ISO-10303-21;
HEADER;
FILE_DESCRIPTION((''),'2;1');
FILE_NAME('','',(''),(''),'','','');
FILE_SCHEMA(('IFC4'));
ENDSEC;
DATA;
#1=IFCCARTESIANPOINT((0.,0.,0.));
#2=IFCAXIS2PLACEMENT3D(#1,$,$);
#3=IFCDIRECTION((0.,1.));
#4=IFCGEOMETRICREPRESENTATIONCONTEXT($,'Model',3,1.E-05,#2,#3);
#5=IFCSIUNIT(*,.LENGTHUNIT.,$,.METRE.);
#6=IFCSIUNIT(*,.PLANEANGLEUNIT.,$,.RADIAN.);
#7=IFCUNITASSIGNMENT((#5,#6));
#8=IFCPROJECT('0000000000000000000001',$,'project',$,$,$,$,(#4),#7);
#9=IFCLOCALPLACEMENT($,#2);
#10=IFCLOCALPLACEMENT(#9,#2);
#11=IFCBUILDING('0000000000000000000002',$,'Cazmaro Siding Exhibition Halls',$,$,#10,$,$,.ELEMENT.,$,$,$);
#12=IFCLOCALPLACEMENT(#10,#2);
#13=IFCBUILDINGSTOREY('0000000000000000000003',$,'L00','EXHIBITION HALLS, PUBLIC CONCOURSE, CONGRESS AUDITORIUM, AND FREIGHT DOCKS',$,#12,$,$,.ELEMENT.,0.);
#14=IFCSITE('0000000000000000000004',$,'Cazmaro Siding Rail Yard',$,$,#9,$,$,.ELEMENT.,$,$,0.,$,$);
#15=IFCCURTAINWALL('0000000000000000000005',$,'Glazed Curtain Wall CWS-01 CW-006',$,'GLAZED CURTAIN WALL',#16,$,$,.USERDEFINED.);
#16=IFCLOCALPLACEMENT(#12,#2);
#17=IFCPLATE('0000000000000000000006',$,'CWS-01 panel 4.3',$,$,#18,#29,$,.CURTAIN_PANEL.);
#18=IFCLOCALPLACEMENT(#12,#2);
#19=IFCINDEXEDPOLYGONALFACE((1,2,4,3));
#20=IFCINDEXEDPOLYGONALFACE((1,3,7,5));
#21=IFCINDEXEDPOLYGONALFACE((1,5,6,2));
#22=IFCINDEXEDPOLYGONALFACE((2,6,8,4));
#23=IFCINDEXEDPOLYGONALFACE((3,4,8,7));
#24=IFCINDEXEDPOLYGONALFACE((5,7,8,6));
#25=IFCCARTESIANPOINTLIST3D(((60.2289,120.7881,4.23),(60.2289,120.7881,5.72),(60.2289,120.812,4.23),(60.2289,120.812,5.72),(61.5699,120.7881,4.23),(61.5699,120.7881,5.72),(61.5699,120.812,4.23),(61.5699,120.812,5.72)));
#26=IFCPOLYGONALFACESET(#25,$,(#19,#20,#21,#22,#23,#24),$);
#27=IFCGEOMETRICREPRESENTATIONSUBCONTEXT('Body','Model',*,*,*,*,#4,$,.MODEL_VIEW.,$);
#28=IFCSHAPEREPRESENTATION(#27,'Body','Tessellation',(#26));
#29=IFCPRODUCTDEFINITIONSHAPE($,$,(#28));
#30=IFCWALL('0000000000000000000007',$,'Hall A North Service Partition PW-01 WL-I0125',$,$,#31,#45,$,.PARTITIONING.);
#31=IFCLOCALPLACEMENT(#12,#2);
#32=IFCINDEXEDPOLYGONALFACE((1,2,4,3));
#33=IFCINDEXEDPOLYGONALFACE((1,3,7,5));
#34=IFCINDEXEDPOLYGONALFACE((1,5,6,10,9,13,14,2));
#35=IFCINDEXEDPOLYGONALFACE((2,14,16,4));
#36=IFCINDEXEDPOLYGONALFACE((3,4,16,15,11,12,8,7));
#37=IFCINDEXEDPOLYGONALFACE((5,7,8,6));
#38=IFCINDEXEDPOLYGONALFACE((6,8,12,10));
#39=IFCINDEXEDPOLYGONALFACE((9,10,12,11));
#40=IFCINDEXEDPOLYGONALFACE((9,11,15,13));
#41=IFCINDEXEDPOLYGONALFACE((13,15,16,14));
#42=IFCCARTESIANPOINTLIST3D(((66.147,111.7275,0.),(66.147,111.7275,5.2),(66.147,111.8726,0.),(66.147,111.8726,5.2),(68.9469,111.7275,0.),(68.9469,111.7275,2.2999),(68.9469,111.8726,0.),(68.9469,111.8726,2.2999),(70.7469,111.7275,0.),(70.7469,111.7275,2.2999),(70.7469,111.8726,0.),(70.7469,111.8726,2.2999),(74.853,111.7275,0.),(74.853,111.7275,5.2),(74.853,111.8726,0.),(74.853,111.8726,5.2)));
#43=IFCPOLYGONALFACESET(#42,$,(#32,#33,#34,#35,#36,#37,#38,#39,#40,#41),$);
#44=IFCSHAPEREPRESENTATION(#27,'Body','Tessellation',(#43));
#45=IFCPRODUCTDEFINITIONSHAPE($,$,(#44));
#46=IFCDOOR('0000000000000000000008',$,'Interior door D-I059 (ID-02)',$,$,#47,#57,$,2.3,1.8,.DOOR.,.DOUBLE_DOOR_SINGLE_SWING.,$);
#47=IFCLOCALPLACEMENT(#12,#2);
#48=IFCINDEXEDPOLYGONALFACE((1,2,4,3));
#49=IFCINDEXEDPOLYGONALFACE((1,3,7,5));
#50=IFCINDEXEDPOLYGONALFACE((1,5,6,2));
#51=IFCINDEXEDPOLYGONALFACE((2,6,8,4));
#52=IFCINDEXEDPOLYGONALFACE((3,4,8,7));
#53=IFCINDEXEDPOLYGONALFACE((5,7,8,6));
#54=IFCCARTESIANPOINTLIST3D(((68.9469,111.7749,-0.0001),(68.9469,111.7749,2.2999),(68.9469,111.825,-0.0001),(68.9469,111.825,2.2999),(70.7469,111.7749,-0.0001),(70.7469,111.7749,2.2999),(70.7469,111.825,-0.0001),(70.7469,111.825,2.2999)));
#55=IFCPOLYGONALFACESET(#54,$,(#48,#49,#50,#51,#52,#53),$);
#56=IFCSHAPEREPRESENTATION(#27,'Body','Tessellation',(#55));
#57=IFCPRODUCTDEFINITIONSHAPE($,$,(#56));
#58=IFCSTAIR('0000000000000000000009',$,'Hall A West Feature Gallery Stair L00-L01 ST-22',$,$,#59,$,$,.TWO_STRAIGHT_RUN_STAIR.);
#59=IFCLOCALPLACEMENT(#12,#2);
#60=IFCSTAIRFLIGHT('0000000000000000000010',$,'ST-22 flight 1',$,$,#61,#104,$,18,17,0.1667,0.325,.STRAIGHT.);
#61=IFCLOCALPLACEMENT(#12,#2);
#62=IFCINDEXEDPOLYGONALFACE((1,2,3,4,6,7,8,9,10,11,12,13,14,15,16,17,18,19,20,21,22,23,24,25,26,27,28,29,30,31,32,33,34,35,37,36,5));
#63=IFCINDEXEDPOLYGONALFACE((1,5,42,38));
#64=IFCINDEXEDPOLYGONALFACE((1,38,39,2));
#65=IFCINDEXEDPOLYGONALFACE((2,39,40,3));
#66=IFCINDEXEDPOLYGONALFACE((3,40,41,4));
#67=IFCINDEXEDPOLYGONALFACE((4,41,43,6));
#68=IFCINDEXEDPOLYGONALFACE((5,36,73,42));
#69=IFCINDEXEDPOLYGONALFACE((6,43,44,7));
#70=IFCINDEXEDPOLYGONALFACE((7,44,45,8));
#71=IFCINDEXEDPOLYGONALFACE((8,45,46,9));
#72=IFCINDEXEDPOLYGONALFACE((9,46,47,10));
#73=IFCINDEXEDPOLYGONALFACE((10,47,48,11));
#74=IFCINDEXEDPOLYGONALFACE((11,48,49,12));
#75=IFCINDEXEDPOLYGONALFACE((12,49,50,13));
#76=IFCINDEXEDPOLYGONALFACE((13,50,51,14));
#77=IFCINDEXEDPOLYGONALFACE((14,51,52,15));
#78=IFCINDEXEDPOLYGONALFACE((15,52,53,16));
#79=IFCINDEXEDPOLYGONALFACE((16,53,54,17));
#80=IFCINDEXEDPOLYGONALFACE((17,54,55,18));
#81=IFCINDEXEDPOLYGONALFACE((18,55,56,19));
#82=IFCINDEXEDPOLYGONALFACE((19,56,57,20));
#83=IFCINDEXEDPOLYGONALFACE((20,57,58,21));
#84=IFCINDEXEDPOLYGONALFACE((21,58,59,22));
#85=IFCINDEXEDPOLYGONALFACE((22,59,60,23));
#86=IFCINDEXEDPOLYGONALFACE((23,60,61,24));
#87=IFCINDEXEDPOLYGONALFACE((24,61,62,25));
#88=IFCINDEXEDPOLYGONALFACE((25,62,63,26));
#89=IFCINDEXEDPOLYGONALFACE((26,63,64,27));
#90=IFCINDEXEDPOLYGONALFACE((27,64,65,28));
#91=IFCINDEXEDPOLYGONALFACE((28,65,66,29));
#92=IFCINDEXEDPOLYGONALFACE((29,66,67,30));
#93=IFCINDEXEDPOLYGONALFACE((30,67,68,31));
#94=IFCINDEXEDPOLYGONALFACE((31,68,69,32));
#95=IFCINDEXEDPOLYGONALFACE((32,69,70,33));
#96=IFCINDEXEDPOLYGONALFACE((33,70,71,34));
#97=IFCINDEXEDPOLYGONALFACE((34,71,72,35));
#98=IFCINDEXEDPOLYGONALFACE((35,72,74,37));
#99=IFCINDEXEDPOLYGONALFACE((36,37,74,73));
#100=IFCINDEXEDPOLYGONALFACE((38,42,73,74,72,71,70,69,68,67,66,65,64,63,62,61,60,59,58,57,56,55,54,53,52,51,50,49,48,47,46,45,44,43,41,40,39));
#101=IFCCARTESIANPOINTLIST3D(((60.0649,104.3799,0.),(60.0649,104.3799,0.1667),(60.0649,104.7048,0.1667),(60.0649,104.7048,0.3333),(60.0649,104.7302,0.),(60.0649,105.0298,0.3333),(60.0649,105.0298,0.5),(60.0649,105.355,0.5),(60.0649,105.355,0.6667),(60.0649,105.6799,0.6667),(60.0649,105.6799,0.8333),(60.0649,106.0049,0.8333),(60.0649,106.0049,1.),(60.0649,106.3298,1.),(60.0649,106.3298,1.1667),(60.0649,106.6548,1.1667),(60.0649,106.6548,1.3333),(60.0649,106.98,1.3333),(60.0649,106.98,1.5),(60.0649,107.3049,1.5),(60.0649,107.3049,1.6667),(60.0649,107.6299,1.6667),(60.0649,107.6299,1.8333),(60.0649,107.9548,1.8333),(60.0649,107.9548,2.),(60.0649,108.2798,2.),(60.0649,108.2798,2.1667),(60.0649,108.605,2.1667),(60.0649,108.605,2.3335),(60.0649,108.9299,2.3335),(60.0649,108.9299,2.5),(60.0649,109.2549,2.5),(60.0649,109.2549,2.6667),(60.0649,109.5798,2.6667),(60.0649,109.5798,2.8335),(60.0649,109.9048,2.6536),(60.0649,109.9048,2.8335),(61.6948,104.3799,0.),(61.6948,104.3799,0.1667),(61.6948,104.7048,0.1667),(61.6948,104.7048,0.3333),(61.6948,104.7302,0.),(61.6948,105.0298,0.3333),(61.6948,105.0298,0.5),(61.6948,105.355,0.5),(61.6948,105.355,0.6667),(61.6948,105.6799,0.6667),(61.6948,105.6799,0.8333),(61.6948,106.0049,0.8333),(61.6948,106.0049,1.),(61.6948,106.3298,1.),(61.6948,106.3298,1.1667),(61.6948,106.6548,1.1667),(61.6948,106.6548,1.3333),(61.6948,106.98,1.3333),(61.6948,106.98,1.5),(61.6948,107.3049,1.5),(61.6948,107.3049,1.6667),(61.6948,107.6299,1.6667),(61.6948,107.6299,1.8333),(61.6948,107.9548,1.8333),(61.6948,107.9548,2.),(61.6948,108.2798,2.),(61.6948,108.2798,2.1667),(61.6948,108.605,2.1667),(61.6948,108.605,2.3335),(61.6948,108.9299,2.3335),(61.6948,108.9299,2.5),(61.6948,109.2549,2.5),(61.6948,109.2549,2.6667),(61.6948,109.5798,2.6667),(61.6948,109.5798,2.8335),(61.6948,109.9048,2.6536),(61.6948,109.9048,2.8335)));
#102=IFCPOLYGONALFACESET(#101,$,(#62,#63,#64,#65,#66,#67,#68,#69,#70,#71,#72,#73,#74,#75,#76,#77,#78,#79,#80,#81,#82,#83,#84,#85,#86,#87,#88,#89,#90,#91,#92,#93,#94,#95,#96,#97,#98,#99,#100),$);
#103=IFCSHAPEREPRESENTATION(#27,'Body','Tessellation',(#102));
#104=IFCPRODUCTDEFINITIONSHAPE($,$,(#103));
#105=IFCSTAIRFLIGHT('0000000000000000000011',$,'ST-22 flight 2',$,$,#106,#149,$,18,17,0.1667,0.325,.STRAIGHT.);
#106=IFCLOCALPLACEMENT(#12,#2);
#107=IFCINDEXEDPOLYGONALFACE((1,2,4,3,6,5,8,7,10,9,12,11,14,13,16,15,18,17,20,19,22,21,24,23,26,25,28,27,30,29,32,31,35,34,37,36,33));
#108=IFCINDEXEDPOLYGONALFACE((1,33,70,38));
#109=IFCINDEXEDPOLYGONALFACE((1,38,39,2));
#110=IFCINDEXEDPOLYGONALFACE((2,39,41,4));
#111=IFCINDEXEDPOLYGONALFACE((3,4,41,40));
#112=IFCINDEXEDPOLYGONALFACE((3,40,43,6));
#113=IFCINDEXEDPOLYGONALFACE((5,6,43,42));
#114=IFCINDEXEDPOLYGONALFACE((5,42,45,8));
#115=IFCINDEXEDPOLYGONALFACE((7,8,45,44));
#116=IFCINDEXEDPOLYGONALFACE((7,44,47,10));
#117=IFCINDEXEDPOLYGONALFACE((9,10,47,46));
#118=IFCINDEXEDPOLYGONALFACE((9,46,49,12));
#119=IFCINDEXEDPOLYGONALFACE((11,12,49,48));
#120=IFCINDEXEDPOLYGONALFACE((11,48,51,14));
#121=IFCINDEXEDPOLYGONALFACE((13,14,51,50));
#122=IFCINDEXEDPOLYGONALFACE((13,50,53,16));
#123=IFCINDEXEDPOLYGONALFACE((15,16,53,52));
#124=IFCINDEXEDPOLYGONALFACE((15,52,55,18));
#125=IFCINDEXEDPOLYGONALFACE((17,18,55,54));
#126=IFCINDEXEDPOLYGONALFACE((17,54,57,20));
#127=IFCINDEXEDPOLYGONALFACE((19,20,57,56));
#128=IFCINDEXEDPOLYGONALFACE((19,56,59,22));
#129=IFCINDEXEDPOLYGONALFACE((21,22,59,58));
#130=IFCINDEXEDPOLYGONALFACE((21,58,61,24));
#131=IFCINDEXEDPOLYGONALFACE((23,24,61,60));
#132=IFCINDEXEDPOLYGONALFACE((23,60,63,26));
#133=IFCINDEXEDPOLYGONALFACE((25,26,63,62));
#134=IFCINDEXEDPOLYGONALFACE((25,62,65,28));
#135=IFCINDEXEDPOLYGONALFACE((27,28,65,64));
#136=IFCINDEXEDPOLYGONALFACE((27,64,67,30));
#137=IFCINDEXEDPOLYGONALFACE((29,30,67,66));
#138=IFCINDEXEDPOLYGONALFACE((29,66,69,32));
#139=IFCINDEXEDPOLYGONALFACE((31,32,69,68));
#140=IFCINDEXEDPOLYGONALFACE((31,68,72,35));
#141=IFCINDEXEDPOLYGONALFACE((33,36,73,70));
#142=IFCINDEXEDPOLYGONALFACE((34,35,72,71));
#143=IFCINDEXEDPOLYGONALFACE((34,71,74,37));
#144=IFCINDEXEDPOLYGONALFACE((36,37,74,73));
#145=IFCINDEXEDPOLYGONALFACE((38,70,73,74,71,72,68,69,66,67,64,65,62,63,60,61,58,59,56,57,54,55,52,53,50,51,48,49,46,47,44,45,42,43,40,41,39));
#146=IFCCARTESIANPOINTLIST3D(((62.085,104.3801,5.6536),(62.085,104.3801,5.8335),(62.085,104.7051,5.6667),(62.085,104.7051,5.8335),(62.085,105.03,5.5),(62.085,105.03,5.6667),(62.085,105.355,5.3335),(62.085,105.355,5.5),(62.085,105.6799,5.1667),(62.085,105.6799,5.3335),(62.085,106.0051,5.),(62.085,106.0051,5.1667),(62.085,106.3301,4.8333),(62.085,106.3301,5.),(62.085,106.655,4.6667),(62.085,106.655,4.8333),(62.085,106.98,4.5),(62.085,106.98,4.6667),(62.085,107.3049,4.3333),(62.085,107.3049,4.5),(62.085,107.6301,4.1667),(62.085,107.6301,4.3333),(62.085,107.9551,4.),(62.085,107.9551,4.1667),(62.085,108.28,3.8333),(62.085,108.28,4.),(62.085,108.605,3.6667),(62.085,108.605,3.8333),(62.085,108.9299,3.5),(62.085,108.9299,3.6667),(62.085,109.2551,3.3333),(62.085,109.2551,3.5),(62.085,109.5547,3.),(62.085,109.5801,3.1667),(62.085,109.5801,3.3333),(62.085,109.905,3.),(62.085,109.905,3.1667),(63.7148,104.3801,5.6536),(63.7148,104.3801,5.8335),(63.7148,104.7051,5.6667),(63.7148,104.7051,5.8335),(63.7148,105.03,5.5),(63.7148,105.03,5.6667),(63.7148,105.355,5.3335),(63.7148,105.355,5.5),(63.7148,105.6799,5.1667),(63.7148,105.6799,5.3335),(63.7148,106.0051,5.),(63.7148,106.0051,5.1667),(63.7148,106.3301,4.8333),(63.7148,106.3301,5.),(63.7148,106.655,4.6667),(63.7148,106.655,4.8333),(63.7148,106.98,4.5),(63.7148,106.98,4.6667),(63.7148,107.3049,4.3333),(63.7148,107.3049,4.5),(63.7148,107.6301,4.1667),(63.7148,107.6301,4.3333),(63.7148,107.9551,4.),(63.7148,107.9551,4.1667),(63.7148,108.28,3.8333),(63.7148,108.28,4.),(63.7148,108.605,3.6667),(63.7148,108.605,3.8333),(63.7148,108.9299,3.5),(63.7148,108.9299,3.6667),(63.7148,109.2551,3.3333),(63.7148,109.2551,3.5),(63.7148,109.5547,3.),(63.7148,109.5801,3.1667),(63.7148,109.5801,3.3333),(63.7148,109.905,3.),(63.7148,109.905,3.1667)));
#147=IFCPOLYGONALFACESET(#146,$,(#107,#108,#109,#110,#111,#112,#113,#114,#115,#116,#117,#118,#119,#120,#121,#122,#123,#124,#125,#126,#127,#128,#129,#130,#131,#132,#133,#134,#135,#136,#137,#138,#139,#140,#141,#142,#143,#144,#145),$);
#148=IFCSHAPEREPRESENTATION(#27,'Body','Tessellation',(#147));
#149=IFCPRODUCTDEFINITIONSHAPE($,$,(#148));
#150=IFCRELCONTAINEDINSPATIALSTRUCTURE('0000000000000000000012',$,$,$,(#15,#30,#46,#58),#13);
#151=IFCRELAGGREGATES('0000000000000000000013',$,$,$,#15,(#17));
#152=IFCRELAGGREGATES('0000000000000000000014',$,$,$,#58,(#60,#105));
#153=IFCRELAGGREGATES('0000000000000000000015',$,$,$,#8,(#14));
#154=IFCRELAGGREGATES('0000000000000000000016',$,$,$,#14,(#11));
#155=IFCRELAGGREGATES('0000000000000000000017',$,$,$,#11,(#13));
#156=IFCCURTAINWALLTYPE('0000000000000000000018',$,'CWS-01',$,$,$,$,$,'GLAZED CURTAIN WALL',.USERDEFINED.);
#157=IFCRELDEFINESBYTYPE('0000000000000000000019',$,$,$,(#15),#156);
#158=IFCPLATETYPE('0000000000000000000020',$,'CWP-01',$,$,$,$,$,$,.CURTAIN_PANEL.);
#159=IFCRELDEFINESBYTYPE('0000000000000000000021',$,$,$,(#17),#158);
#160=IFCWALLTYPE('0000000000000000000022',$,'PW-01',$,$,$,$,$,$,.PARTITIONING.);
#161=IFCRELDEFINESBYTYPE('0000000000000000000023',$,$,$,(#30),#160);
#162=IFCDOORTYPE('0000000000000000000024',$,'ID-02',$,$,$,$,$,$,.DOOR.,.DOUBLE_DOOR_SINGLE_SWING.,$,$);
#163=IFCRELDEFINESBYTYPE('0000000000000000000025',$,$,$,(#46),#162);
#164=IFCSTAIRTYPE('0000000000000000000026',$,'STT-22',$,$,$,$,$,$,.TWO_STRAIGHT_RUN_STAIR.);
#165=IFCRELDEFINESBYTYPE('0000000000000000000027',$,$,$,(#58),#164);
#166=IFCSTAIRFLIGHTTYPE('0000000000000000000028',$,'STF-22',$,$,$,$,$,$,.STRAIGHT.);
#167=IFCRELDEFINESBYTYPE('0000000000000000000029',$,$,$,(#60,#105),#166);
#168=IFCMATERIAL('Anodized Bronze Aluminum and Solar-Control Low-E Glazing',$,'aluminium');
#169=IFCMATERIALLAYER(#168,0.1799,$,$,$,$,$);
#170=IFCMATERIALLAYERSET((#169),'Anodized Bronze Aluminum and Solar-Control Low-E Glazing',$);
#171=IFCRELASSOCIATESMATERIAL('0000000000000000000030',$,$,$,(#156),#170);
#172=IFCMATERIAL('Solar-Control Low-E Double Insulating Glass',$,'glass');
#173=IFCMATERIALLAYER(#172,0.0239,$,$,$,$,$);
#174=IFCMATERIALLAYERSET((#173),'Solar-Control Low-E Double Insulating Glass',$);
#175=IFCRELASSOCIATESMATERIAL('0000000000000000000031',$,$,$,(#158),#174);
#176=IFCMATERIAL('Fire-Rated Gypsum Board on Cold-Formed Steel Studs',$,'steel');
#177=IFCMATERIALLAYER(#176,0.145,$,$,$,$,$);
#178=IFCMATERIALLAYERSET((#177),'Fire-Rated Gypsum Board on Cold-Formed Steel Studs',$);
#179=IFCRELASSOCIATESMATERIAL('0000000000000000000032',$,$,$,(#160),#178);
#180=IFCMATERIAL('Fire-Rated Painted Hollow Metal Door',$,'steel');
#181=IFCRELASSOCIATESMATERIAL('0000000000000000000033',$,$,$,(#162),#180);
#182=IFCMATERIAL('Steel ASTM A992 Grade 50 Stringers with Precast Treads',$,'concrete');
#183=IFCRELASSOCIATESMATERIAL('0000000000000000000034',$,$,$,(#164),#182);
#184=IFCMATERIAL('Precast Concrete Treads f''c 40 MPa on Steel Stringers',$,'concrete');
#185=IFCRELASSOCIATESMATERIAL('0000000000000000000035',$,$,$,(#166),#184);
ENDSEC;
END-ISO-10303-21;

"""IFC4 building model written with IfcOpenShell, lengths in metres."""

from ifc_helpers import new_model, si_unit, direction, frame, frame_2d, origin, origin_2d, place, context, subcontext, project, spatial, polyline, rectangle, outline, extrude, material, layer, layer_set, type_object, element, fill, aggregate, save


model = new_model("IFC4")

# Units and contexts
model_context = context("Model", 3, precision=1e-05, world=origin(), true_north=direction((0.0, 1.0)))
body_context = subcontext(model_context, "Body", "Model", "MODEL_VIEW")
ifc_project = project(units=[si_unit("LENGTHUNIT", "METRE"), si_unit("PLANEANGLEUNIT", "RADIAN")], contexts=[model_context])

# Site, building, storey
site_placement = place(None, origin())
site = spatial("IfcSite", under=ifc_project, at=site_placement, Name="Cazmaro Siding Rail Yard", CompositionType="ELEMENT", RefElevation=0.0)
building_placement = place(site_placement, origin())
building = spatial("IfcBuilding", under=site, at=building_placement, Name="Cazmaro Siding Exhibition Halls", CompositionType="ELEMENT")
storey_placement = place(building_placement, origin())
storey = spatial("IfcBuildingStorey", under=building, at=storey_placement, Name="L00", Description="EXHIBITION HALLS, PUBLIC CONCOURSE, CONGRESS AUDITORIUM, AND FREIGHT DOCKS", CompositionType="ELEMENT", Elevation=0.0)

# Curtain wall, plate
ifc_material_1 = material(Name="Anodized Bronze Aluminum and Solar-Control Low-E Glazing", Category="aluminium")
ifc_layer_1 = layer(ifc_material_1, 0.1799)
ifc_layer_set_1 = layer_set([ifc_layer_1], Name="Anodized Bronze Aluminum and Solar-Control Low-E Glazing")
curtain_wall_type = type_object("IfcCurtainWallType", Name="CWS-01", ElementType="GLAZED CURTAIN WALL", PredefinedType="USERDEFINED", material=ifc_layer_set_1)
curtain_wall_placement = place(storey_placement, origin())
curtain_wall = element("IfcCurtainWall", 1, at=curtain_wall_placement, inside=storey, type_object=curtain_wall_type, Name="Glazed Curtain Wall CWS-01 CW-006", ObjectType="GLAZED CURTAIN WALL", PredefinedType="USERDEFINED")
ifc_material_2 = material(Name="Solar-Control Low-E Double Insulating Glass", Category="glass")
ifc_layer_2 = layer(ifc_material_2, 0.0239)
ifc_layer_set_2 = layer_set([ifc_layer_2], Name="Solar-Control Low-E Double Insulating Glass")
plate_type = type_object("IfcPlateType", Name="CWP-01", PredefinedType="CURTAIN_PANEL", material=ifc_layer_set_2)
plate_1_placement = place(storey_placement, frame((60.8994, 120.8, 4.23), z_axis=(0.0, 0.0, 1.0), x_axis=(-1.0, 0.0, 0.0)))
plate_1 = element("IfcPlate", 2, at=plate_1_placement, type_object=plate_type, Name="CWS-01 panel 4.3", PredefinedType="CURTAIN_PANEL", context=body_context, shape_type="SweptSolid", body=[
    extrude(rectangle(XDim=1.3411, YDim=0.0239, at=origin_2d()), origin(), (0.0, 0.0, 1.0), 1.49),
])
aggregate(curtain_wall, [plate_1])

# Wall, opening, door
ifc_material_3 = material(Name="Fire-Rated Gypsum Board on Cold-Formed Steel Studs", Category="steel")
ifc_layer_3 = layer(ifc_material_3, 0.145)
ifc_layer_set_3 = layer_set([ifc_layer_3], Name="Fire-Rated Gypsum Board on Cold-Formed Steel Studs")
wall_type = type_object("IfcWallType", Name="PW-01", PredefinedType="PARTITIONING", material=ifc_layer_set_3)
wall_placement = place(storey_placement, frame((66.147, 111.8, 0.0), z_axis=(0.0, 0.0, 1.0), x_axis=(1.0, 0.0, 0.0)))
wall = element("IfcWall", 3, at=wall_placement, inside=storey, type_object=wall_type, Name="Hall A North Service Partition PW-01 WL-I0125", PredefinedType="PARTITIONING", context=body_context, shape_type="SweptSolid", body=[
    extrude(rectangle(XDim=8.7061, YDim=0.145, at=frame_2d((4.353, 0.0))), origin(), (0.0, 0.0, 1.0), 5.2),
])
opening_placement = place(wall_placement, frame((2.8, 0.0, 0.0)))
opening = element("IfcOpeningElement", 4, at=opening_placement, cuts=wall, PredefinedType="OPENING", context=body_context, shape_type="SweptSolid", body=[
    extrude(rectangle(XDim=1.8, YDim=2.3, at=frame_2d((0.8999, 1.1499))), frame((0.0, 0.0825, 0.0), z_axis=(0.0, -1.0, 0.0), x_axis=(1.0, 0.0, 0.0)), (0.0, 0.0, 1.0), 0.165),
])
ifc_material_4 = material(Name="Fire-Rated Painted Hollow Metal Door", Category="steel")
door_type = type_object("IfcDoorType", Name="ID-02", OperationType="DOUBLE_DOOR_SINGLE_SWING", PredefinedType="DOOR", material=ifc_material_4)
door_placement = place(opening_placement, origin())
door = element("IfcDoor", 5, at=door_placement, inside=storey, type_object=door_type, Name="Interior door D-I059 (ID-02)", OperationType="DOUBLE_DOOR_SINGLE_SWING", OverallHeight=2.3, OverallWidth=1.8, PredefinedType="DOOR", context=body_context, shape_type="SweptSolid", body=[
    extrude(rectangle(XDim=1.8, YDim=2.3, at=frame_2d((0.8999, 1.1499))), frame((0.0, 0.0249, 0.0), z_axis=(0.0, -1.0, 0.0), x_axis=(1.0, 0.0, 0.0)), (0.0, 0.0, 1.0), 0.05),
])
fill(opening, door)

# Stair, stair flights
ifc_material_5 = material(Name="Steel ASTM A992 Grade 50 Stringers with Precast Treads", Category="concrete")
stair_type = type_object("IfcStairType", Name="STT-22", PredefinedType="TWO_STRAIGHT_RUN_STAIR", material=ifc_material_5)
stair_placement = place(storey_placement, origin())
stair = element("IfcStair", 6, at=stair_placement, inside=storey, type_object=stair_type, Name="Hall A West Feature Gallery Stair L00-L01 ST-22", PredefinedType="TWO_STRAIGHT_RUN_STAIR")
ifc_material_6 = material(Name="Precast Concrete Treads f'c 40 MPa on Steel Stringers", Category="concrete")
stair_flight_type = type_object("IfcStairFlightType", Name="STF-22", PredefinedType="STRAIGHT", material=ifc_material_6)
stair_flight_1_placement = place(storey_placement, frame((60.8799, 104.3799, 0.0), z_axis=(0.0, 0.0, 1.0), x_axis=(0.0, 1.0, 0.0)))
stair_flight_1 = element("IfcStairFlight", 7, at=stair_flight_1_placement, type_object=stair_flight_type, Name="ST-22 flight 1", NumberOfRisers=18, NumberOfTreads=17, PredefinedType="STRAIGHT", RiserHeight=0.1667, TreadLength=0.325, context=body_context, shape_type="SweptSolid", body=[
    extrude(outline(polyline([(0.0, 0.0), (0.0, 0.1667), (0.325, 0.1667), (0.325, 0.3333), (0.6499, 0.3333), (0.6499, 0.5), (0.9751, 0.5), (0.9751, 0.6667), (1.3, 0.6667), (1.3, 0.8333), (1.625, 0.8333), (1.625, 1.0), (1.95, 1.0), (1.95, 1.1667), (2.2749, 1.1667), (2.2749, 1.3333), (2.6001, 1.3333), (2.6001, 1.5), (2.925, 1.5), (2.925, 1.6667), (3.25, 1.6667), (3.25, 1.8333), (3.575, 1.8333), (3.575, 2.0), (3.8999, 2.0), (3.8999, 2.1667), (4.2251, 2.1667), (4.2251, 2.3335), (4.55, 2.3335), (4.55, 2.5), (4.875, 2.5), (4.875, 2.6667), (5.2, 2.6667), (5.2, 2.8335), (5.5249, 2.8335), (5.5249, 3.0), (5.5249, 2.6536), (0.3503, 0.0), (0.0, 0.0)])), frame((0.0, 0.8149, 0.0), z_axis=(0.0, -1.0, 0.0), x_axis=(1.0, 0.0, 0.0)), (0.0, 0.0, 1.0), 1.6299),
])
stair_flight_2_placement = place(storey_placement, frame((62.8999, 109.905, 3.0), z_axis=(0.0, 0.0, 1.0), x_axis=(0.0, -1.0, 0.0)))
stair_flight_2 = element("IfcStairFlight", 8, at=stair_flight_2_placement, type_object=stair_flight_type, Name="ST-22 flight 2", NumberOfRisers=18, NumberOfTreads=17, PredefinedType="STRAIGHT", RiserHeight=0.1667, TreadLength=0.325, context=body_context, shape_type="SweptSolid", body=[
    extrude(outline(polyline([(0.0, 0.0), (0.0, 0.1667), (0.325, 0.1667), (0.325, 0.3333), (0.6499, 0.3333), (0.6499, 0.5), (0.9751, 0.5), (0.9751, 0.6667), (1.3, 0.6667), (1.3, 0.8333), (1.625, 0.8333), (1.625, 1.0), (1.95, 1.0), (1.95, 1.1667), (2.2749, 1.1667), (2.2749, 1.3333), (2.6001, 1.3333), (2.6001, 1.5), (2.925, 1.5), (2.925, 1.6667), (3.25, 1.6667), (3.25, 1.8333), (3.575, 1.8333), (3.575, 2.0), (3.8999, 2.0), (3.8999, 2.1667), (4.2251, 2.1667), (4.2251, 2.3335), (4.55, 2.3335), (4.55, 2.5), (4.875, 2.5), (4.875, 2.6667), (5.2, 2.6667), (5.2, 2.8335), (5.5249, 2.8335), (5.5249, 3.0), (5.5249, 2.6536), (0.3503, 0.0), (0.0, 0.0)])), frame((0.0, 0.8149, 0.0), z_axis=(0.0, -1.0, 0.0), x_axis=(1.0, 0.0, 0.0)), (0.0, 0.0, 1.0), 1.6299),
])
aggregate(stair, [stair_flight_1, stair_flight_2])

save(model, "model.ifc")
